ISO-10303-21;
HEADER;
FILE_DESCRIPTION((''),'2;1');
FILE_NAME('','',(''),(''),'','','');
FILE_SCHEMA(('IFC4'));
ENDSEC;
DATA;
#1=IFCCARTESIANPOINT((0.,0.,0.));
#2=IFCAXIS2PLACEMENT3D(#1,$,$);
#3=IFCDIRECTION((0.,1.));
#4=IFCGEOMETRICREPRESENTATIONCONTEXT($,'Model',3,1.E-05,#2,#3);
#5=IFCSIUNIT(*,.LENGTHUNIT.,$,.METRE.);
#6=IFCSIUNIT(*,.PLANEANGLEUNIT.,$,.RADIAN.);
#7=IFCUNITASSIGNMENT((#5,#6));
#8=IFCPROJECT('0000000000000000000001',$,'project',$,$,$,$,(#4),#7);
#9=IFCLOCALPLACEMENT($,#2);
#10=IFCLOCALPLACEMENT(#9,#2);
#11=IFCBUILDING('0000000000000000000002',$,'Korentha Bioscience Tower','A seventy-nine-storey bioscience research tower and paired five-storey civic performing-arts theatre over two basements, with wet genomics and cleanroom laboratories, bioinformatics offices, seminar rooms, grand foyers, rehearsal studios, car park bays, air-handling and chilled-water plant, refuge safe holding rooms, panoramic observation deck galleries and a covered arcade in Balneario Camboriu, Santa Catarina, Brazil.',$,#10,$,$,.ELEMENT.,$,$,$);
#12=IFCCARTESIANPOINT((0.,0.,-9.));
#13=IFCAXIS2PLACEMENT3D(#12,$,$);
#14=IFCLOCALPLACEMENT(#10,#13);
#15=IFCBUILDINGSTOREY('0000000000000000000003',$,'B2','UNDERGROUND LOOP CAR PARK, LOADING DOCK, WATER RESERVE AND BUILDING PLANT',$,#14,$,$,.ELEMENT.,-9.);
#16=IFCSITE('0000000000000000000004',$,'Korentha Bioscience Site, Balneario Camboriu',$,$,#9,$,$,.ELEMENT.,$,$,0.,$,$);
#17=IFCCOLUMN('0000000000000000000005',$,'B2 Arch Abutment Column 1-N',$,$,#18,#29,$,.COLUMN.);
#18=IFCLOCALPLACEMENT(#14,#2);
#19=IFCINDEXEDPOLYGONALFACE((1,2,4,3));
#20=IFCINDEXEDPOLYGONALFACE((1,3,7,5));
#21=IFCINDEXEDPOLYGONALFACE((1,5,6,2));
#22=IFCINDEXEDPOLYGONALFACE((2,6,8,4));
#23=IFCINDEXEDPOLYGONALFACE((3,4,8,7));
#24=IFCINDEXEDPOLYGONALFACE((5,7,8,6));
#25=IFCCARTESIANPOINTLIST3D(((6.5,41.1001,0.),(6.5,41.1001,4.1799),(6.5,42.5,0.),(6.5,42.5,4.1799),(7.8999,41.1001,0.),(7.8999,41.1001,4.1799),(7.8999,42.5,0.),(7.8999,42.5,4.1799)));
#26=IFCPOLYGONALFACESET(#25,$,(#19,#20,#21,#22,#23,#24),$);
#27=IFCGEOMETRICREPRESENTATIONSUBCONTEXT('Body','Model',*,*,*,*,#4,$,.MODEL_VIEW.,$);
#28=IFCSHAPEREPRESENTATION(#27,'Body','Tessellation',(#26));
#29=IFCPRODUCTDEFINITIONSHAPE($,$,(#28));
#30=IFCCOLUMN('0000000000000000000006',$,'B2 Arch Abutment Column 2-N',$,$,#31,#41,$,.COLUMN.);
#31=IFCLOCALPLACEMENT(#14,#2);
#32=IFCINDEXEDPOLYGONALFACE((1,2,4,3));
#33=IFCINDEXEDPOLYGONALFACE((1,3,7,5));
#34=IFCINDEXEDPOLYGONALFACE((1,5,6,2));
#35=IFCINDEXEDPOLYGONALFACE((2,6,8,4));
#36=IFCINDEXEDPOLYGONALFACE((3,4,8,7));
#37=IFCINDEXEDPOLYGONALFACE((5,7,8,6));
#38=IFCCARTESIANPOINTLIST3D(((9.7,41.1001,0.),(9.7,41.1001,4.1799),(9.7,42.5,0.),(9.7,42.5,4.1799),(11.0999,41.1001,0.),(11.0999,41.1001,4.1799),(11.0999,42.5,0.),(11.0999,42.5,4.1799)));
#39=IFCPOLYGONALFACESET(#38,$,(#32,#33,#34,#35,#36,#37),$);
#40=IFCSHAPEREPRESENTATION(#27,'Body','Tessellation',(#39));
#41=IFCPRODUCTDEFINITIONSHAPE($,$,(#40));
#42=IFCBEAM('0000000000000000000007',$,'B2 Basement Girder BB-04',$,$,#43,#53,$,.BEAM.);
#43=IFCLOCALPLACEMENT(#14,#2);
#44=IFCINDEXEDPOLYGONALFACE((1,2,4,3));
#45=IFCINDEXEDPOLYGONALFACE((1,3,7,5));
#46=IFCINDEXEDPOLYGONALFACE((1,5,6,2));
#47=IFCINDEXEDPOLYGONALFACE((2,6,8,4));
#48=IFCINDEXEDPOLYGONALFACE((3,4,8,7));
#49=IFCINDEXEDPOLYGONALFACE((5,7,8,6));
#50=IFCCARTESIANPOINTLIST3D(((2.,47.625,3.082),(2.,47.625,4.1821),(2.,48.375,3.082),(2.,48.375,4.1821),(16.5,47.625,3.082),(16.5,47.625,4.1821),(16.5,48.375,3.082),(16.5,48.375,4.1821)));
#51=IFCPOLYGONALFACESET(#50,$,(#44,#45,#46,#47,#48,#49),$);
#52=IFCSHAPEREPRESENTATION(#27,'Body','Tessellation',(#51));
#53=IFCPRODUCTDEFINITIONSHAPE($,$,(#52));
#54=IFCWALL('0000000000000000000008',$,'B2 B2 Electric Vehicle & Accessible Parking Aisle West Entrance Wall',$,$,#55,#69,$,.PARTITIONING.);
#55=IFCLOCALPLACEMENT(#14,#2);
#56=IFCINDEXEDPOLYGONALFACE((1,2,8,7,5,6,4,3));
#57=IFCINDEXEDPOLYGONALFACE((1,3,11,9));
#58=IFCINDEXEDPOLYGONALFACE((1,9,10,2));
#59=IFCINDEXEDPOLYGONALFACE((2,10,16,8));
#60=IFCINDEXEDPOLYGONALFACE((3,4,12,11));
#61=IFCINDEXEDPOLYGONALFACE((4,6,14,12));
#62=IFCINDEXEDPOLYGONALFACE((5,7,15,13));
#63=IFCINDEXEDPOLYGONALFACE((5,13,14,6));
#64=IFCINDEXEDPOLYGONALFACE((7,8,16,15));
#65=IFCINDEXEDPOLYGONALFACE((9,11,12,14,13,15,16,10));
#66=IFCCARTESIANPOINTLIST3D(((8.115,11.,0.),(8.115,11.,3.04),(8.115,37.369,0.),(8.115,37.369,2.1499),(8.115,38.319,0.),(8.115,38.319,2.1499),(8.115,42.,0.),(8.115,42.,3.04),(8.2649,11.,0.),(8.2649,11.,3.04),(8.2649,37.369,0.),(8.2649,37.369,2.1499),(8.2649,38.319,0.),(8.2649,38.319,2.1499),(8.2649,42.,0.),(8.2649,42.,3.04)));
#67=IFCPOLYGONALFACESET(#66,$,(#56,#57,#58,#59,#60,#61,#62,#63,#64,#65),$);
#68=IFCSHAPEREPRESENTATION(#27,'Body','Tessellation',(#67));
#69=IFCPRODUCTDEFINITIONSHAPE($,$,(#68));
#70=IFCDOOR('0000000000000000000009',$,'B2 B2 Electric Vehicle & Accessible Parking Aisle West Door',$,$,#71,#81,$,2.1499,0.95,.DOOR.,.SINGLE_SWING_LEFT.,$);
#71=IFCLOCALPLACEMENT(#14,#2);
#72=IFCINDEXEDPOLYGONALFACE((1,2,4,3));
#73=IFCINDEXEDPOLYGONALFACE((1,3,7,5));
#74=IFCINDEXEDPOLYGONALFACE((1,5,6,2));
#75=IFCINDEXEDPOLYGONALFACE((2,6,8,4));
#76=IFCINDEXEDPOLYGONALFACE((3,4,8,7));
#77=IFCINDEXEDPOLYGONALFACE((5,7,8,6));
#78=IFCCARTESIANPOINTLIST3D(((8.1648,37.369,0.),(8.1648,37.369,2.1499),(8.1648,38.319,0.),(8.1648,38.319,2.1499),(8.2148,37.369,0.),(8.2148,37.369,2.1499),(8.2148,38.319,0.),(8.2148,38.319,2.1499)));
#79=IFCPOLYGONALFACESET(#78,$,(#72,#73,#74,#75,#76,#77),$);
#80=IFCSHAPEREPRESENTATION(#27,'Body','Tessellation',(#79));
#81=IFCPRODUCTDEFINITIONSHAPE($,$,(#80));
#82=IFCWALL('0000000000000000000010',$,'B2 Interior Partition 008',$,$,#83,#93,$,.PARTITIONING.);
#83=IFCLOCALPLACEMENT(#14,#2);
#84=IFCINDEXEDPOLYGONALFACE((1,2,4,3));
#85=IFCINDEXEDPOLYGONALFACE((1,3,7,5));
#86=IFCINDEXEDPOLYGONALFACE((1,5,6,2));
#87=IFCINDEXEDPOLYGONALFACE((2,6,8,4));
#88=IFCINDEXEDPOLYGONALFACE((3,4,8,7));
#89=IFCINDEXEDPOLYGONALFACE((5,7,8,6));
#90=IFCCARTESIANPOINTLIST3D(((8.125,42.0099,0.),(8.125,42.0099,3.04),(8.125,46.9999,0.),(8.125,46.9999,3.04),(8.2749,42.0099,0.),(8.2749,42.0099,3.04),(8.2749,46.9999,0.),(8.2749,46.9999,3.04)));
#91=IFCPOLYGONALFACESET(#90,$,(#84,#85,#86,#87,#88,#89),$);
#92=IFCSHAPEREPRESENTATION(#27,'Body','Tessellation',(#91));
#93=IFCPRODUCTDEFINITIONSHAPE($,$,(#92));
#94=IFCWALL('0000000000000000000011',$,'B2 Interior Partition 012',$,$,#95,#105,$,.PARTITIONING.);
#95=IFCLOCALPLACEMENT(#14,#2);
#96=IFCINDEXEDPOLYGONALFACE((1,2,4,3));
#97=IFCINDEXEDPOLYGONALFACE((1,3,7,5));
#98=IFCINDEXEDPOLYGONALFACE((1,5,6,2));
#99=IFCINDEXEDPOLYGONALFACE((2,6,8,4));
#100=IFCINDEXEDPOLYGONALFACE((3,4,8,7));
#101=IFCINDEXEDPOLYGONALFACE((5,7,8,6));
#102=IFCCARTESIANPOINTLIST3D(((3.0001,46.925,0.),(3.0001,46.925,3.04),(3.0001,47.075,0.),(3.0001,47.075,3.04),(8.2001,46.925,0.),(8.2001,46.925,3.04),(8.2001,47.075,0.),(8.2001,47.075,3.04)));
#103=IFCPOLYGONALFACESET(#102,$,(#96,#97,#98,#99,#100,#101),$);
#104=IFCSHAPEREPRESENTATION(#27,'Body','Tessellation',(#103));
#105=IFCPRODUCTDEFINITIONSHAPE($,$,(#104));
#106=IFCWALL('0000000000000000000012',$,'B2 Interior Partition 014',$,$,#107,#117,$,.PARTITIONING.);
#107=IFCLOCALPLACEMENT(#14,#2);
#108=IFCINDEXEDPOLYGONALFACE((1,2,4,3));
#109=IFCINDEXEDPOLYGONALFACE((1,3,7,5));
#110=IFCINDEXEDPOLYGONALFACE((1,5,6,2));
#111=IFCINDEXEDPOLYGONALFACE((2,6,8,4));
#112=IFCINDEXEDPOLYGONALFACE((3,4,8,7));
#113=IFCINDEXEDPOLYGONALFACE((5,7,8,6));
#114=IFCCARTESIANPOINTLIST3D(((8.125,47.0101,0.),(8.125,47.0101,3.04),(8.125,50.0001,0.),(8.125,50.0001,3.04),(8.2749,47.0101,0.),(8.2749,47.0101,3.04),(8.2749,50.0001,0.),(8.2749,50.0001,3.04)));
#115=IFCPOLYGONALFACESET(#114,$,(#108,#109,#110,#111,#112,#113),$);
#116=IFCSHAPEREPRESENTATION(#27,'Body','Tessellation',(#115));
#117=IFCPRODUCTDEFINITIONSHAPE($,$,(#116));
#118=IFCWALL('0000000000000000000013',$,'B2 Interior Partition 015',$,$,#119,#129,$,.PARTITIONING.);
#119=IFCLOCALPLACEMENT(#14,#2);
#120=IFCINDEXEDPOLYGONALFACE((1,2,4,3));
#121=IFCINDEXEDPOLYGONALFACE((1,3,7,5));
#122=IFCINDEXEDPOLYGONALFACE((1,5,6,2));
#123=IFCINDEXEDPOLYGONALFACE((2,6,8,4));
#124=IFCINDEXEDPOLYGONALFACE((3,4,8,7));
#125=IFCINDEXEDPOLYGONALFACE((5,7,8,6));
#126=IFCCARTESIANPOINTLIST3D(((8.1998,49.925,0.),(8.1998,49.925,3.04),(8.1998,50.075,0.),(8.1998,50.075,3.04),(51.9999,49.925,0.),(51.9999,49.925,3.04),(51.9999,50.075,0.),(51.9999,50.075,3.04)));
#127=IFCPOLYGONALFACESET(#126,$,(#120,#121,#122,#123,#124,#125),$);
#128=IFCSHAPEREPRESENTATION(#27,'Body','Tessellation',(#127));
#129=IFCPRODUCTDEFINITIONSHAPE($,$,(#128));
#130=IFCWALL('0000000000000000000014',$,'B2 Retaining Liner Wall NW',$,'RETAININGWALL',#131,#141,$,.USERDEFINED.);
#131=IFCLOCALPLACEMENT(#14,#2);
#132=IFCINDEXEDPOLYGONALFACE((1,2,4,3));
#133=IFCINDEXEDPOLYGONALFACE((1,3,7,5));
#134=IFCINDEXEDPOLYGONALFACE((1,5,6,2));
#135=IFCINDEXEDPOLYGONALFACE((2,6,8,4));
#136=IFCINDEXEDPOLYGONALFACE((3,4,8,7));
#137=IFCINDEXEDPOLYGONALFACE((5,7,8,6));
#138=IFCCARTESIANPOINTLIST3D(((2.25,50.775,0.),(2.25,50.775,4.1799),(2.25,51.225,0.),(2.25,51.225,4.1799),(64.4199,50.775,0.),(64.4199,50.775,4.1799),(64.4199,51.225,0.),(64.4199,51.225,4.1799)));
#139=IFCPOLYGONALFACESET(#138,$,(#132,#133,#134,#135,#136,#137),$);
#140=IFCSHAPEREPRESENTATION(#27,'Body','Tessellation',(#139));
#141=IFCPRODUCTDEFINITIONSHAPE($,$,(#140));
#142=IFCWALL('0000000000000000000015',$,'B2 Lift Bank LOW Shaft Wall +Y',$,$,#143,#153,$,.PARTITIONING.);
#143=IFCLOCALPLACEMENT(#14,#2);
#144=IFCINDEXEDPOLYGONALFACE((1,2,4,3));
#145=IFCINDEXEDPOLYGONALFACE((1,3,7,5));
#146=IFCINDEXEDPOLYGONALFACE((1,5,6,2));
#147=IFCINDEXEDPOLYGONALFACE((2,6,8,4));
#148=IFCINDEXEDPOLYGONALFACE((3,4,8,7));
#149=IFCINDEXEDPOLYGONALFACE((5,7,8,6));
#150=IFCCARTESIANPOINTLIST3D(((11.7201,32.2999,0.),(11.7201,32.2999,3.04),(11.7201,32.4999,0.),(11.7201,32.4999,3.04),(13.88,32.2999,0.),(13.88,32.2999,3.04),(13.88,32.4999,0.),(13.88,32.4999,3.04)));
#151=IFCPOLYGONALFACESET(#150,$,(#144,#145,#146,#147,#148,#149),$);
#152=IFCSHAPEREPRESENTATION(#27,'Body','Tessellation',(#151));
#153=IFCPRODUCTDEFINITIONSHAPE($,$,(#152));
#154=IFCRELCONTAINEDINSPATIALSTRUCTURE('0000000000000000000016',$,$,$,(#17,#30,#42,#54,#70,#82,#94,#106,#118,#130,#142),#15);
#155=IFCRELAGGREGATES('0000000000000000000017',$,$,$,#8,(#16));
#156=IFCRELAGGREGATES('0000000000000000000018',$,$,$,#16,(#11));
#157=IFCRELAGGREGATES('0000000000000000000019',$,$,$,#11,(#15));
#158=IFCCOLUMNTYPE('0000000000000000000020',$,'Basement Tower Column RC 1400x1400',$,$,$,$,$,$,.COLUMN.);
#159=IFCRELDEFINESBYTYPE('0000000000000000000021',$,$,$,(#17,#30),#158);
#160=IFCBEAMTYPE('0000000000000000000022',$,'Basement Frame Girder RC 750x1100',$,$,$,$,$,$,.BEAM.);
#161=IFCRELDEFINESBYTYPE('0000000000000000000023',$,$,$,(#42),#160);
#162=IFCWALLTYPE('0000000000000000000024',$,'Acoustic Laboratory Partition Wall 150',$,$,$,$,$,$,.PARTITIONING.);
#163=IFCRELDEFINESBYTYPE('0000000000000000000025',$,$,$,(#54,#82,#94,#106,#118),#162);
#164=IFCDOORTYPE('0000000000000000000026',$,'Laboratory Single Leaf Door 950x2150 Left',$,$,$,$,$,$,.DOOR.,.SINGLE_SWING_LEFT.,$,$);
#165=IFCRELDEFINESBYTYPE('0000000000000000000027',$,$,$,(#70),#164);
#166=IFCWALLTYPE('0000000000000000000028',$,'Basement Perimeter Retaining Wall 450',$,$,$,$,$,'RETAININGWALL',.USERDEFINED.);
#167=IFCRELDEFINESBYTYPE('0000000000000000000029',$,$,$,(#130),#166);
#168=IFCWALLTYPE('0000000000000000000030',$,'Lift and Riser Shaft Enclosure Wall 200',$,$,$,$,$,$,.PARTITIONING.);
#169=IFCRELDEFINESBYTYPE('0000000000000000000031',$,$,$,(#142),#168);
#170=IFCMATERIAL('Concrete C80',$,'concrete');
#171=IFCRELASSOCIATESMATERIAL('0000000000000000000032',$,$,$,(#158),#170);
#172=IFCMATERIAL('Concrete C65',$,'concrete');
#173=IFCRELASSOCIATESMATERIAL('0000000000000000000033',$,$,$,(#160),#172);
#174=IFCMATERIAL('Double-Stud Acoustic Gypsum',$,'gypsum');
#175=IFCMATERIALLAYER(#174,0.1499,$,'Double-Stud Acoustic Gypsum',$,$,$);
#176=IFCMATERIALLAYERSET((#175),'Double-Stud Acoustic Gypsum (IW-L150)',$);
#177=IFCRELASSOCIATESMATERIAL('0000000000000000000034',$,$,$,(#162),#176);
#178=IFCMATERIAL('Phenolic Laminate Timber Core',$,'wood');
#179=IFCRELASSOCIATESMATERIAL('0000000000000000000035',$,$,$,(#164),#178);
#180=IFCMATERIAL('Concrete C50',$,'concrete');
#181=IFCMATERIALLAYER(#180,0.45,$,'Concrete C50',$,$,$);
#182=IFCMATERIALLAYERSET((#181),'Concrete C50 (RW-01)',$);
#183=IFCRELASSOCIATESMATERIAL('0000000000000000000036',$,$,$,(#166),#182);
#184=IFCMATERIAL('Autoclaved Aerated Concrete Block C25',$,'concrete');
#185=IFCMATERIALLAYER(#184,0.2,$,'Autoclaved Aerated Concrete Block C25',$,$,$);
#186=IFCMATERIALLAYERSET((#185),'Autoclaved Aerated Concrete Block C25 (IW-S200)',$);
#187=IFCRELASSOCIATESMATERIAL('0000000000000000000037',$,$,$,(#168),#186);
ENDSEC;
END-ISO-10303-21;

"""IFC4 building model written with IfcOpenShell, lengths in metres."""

from ifc_helpers import new_model, si_unit, direction, frame, frame_2d, origin, origin_2d, place, context, subcontext, project, spatial, rectangle, extrude, material, layer, layer_set, material_profile, profile_set, type_object, element, fill, save


model = new_model("IFC4")

# Units and contexts
model_context = context("Model", 3, precision=1e-05, world=origin(), true_north=direction((0.0, 1.0)))
body_context = subcontext(model_context, "Body", "Model", "MODEL_VIEW")
ifc_project = project(units=[si_unit("LENGTHUNIT", "METRE"), si_unit("PLANEANGLEUNIT", "RADIAN")], contexts=[model_context])

# Site, building, storey
site_placement = place(None, origin())
site = spatial("IfcSite", under=ifc_project, at=site_placement, Name="Korentha Bioscience Site, Balneario Camboriu", CompositionType="ELEMENT", RefElevation=0.0)
building_placement = place(site_placement, origin())
building = spatial("IfcBuilding", under=site, at=building_placement, Name="Korentha Bioscience Tower", Description="A seventy-nine-storey bioscience research tower and paired five-storey civic performing-arts theatre over two basements, with wet genomics and cleanroom laboratories, bioinformatics offices, seminar rooms, grand foyers, rehearsal studios, car park bays, air-handling and chilled-water plant, refuge safe holding rooms, panoramic observation deck galleries and a covered arcade in Balneario Camboriu, Santa Catarina, Brazil.", CompositionType="ELEMENT")
storey_placement = place(building_placement, frame((0.0, 0.0, -9.0)))
storey = spatial("IfcBuildingStorey", under=building, at=storey_placement, Name="B2", Description="UNDERGROUND LOOP CAR PARK, LOADING DOCK, WATER RESERVE AND BUILDING PLANT", CompositionType="ELEMENT", Elevation=-9.0)

# Shared definitions
ifc_material_1 = material(Name="Concrete C50", Category="concrete")

# Columns
ifc_material_2 = material(Name="Concrete C65", Category="concrete")
ifc_material_3 = material(Name="Concrete C80", Category="concrete")
ifc_material_profile_1 = material_profile(ifc_material_3, rectangle(XDim=1.3999, YDim=1.3999, at=origin_2d()), Name="Concrete C80")
ifc_profile_set_1 = profile_set([ifc_material_profile_1], Name="Concrete C80 (COL-B14)")
column_type_1 = type_object("IfcColumnType", Name="Basement Tower Column RC 1400x1400", PredefinedType="COLUMN", material=ifc_profile_set_1)
for number, where, z_axis, x_axis, name in (
    (1, (7.2, 41.8, 0.0), (0.0, 0.0, 1.0), (1.0, 0.0, 0.0), "B2 Arch Abutment Column 1-N"),
    (2, (10.3999, 41.8, 0.0), (0.0, 0.0, 1.0), (1.0, 0.0, 0.0), "B2 Arch Abutment Column 2-N"),
):
    element("IfcColumn", number, at=place(storey_placement, frame(where, z_axis=z_axis, x_axis=x_axis)), inside=storey, type_object=column_type_1, Name=name, PredefinedType="COLUMN", context=body_context, shape_type="SweptSolid", body=[
        extrude(rectangle(XDim=1.3999, YDim=1.3999, at=origin_2d()), origin(), (0.0, 0.0, 1.0), 4.1799),
    ])

# Beam
ifc_material_profile_2 = material_profile(ifc_material_2, rectangle(XDim=0.75, YDim=1.1001, at=origin_2d()), Name="Concrete C65")
ifc_profile_set_2 = profile_set([ifc_material_profile_2], Name="Concrete C65 (BB-750)")
beam_type = type_object("IfcBeamType", Name="Basement Frame Girder RC 750x1100", PredefinedType="BEAM", material=ifc_profile_set_2)
beam_placement = place(storey_placement, frame((2.0, 48.0, 3.6321), z_axis=(1.0, 0.0, 0.0), x_axis=(0.0, 1.0, 0.0)))
element("IfcBeam", 3, at=beam_placement, inside=storey, type_object=beam_type, Name="B2 Basement Girder BB-04", PredefinedType="BEAM", context=body_context, shape_type="SweptSolid", body=[
    extrude(rectangle(XDim=0.75, YDim=1.1001, at=origin_2d()), origin(), (0.0, 0.0, 1.0), 14.5),
])

# Wall, opening, door
ifc_material_4 = material(Name="Double-Stud Acoustic Gypsum", Category="gypsum")
ifc_layer_1 = layer(ifc_material_4, 0.1499, Name="Double-Stud Acoustic Gypsum")
ifc_layer_set_1 = layer_set([ifc_layer_1], Name="Double-Stud Acoustic Gypsum (IW-L150)")
wall_type_1 = type_object("IfcWallType", Name="Acoustic Laboratory Partition Wall 150", PredefinedType="PARTITIONING", material=ifc_layer_set_1)
wall_1_placement = place(storey_placement, frame((8.1899, 42.0, 0.0), z_axis=(0.0, 0.0, 1.0), x_axis=(0.0, -1.0, 0.0)))
wall_1 = element("IfcWall", 4, at=wall_1_placement, inside=storey, type_object=wall_type_1, Name="B2 B2 Electric Vehicle & Accessible Parking Aisle West Entrance Wall", PredefinedType="PARTITIONING", context=body_context, shape_type="SweptSolid", body=[
    extrude(rectangle(XDim=31.0, YDim=0.1499, at=frame_2d((15.5, 0.0))), origin(), (0.0, 0.0, 1.0), 3.04),
])
opening_placement = place(wall_1_placement, frame((3.6809, 0.0, 0.0)))
opening = element("IfcOpeningElement", 5, at=opening_placement, cuts=wall_1, PredefinedType="OPENING", context=body_context, shape_type="SweptSolid", body=[
    extrude(rectangle(XDim=0.95, YDim=2.1499, at=frame_2d((0.4751, 1.075))), frame((0.0, 0.0898, 0.0), z_axis=(0.0, -1.0, 0.0), x_axis=(1.0, 0.0, 0.0)), (0.0, 0.0, 1.0), 0.1797),
])
ifc_material_5 = material(Name="Phenolic Laminate Timber Core", Category="wood")
door_type = type_object("IfcDoorType", Name="Laboratory Single Leaf Door 950x2150 Left", OperationType="SINGLE_SWING_LEFT", PredefinedType="DOOR", material=ifc_material_5)
door_placement = place(opening_placement, origin())
door = element("IfcDoor", 6, at=door_placement, inside=storey, type_object=door_type, Name="B2 B2 Electric Vehicle & Accessible Parking Aisle West Door", OperationType="SINGLE_SWING_LEFT", OverallHeight=2.1499, OverallWidth=0.95, PredefinedType="DOOR", context=body_context, shape_type="SweptSolid", body=[
    extrude(rectangle(XDim=0.95, YDim=2.1499, at=frame_2d((0.4751, 1.075))), frame((0.0, 0.0249, 0.0), z_axis=(0.0, -1.0, 0.0), x_axis=(1.0, 0.0, 0.0)), (0.0, 0.0, 1.0), 0.05),
])
fill(opening, door)

# Walls
wall_2_placement = place(storey_placement, frame((8.2, 47.0, 0.0), z_axis=(0.0, 0.0, 1.0), x_axis=(0.0, -1.0, 0.0)))
element("IfcWall", 7, at=wall_2_placement, inside=storey, type_object=wall_type_1, Name="B2 Interior Partition 008", PredefinedType="PARTITIONING", context=body_context, shape_type="SweptSolid", body=[
    extrude(rectangle(XDim=4.99, YDim=0.1499, at=frame_2d((2.4951, 0.0))), origin(), (0.0, 0.0, 1.0), 3.04),
])
wall_3_placement = place(storey_placement, frame((3.0, 47.0, 0.0), z_axis=(0.0, 0.0, 1.0), x_axis=(1.0, 0.0, 0.0)))
element("IfcWall", 8, at=wall_3_placement, inside=storey, type_object=wall_type_1, Name="B2 Interior Partition 012", PredefinedType="PARTITIONING", context=body_context, shape_type="SweptSolid", body=[
    extrude(rectangle(XDim=5.2, YDim=0.1499, at=frame_2d((2.6001, 0.0))), origin(), (0.0, 0.0, 1.0), 3.04),
])
wall_4_placement = place(storey_placement, frame((8.2, 47.01, 0.0), z_axis=(0.0, 0.0, 1.0), x_axis=(0.0, 1.0, 0.0)))
element("IfcWall", 9, at=wall_4_placement, inside=storey, type_object=wall_type_1, Name="B2 Interior Partition 014", PredefinedType="PARTITIONING", context=body_context, shape_type="SweptSolid", body=[
    extrude(rectangle(XDim=2.99, YDim=0.1499, at=frame_2d((1.4951, 0.0))), origin(), (0.0, 0.0, 1.0), 3.04),
])
wall_5_placement = place(storey_placement, frame((8.2, 50.0, 0.0), z_axis=(0.0, 0.0, 1.0), x_axis=(1.0, 0.0, 0.0)))
element("IfcWall", 10, at=wall_5_placement, inside=storey, type_object=wall_type_1, Name="B2 Interior Partition 015", PredefinedType="PARTITIONING", context=body_context, shape_type="SweptSolid", body=[
    extrude(rectangle(XDim=43.8, YDim=0.1499, at=frame_2d((21.8999, 0.0))), origin(), (0.0, 0.0, 1.0), 3.04),
])
ifc_layer_2 = layer(ifc_material_1, 0.45, Name="Concrete C50")
ifc_layer_set_2 = layer_set([ifc_layer_2], Name="Concrete C50 (RW-01)")
wall_type_2 = type_object("IfcWallType", Name="Basement Perimeter Retaining Wall 450", ElementType="RETAININGWALL", PredefinedType="USERDEFINED", material=ifc_layer_set_2)
wall_6_placement = place(storey_placement, frame((2.25, 51.0, 0.0), z_axis=(0.0, 0.0, 1.0), x_axis=(1.0, 0.0, 0.0)))
element("IfcWall", 11, at=wall_6_placement, inside=storey, type_object=wall_type_2, Name="B2 Retaining Liner Wall NW", ObjectType="RETAININGWALL", PredefinedType="USERDEFINED", context=body_context, shape_type="SweptSolid", body=[
    extrude(rectangle(XDim=62.1699, YDim=0.45, at=frame_2d((31.085, 0.0))), origin(), (0.0, 0.0, 1.0), 4.1799),
])
ifc_material_6 = material(Name="Autoclaved Aerated Concrete Block C25", Category="concrete")
ifc_layer_3 = layer(ifc_material_6, 0.2, Name="Autoclaved Aerated Concrete Block C25")
ifc_layer_set_3 = layer_set([ifc_layer_3], Name="Autoclaved Aerated Concrete Block C25 (IW-S200)")
wall_type_3 = type_object("IfcWallType", Name="Lift and Riser Shaft Enclosure Wall 200", PredefinedType="PARTITIONING", material=ifc_layer_set_3)
wall_7_placement = place(storey_placement, frame((11.72, 32.3999, 0.0), z_axis=(0.0, 0.0, 1.0), x_axis=(1.0, 0.0, 0.0)))
element("IfcWall", 12, at=wall_7_placement, inside=storey, type_object=wall_type_3, Name="B2 Lift Bank LOW Shaft Wall +Y", PredefinedType="PARTITIONING", context=body_context, shape_type="SweptSolid", body=[
    extrude(rectangle(XDim=2.1599, YDim=0.2, at=frame_2d((1.0801, 0.0))), origin(), (0.0, 0.0, 1.0), 3.04),
])

save(model, "model.ifc")
